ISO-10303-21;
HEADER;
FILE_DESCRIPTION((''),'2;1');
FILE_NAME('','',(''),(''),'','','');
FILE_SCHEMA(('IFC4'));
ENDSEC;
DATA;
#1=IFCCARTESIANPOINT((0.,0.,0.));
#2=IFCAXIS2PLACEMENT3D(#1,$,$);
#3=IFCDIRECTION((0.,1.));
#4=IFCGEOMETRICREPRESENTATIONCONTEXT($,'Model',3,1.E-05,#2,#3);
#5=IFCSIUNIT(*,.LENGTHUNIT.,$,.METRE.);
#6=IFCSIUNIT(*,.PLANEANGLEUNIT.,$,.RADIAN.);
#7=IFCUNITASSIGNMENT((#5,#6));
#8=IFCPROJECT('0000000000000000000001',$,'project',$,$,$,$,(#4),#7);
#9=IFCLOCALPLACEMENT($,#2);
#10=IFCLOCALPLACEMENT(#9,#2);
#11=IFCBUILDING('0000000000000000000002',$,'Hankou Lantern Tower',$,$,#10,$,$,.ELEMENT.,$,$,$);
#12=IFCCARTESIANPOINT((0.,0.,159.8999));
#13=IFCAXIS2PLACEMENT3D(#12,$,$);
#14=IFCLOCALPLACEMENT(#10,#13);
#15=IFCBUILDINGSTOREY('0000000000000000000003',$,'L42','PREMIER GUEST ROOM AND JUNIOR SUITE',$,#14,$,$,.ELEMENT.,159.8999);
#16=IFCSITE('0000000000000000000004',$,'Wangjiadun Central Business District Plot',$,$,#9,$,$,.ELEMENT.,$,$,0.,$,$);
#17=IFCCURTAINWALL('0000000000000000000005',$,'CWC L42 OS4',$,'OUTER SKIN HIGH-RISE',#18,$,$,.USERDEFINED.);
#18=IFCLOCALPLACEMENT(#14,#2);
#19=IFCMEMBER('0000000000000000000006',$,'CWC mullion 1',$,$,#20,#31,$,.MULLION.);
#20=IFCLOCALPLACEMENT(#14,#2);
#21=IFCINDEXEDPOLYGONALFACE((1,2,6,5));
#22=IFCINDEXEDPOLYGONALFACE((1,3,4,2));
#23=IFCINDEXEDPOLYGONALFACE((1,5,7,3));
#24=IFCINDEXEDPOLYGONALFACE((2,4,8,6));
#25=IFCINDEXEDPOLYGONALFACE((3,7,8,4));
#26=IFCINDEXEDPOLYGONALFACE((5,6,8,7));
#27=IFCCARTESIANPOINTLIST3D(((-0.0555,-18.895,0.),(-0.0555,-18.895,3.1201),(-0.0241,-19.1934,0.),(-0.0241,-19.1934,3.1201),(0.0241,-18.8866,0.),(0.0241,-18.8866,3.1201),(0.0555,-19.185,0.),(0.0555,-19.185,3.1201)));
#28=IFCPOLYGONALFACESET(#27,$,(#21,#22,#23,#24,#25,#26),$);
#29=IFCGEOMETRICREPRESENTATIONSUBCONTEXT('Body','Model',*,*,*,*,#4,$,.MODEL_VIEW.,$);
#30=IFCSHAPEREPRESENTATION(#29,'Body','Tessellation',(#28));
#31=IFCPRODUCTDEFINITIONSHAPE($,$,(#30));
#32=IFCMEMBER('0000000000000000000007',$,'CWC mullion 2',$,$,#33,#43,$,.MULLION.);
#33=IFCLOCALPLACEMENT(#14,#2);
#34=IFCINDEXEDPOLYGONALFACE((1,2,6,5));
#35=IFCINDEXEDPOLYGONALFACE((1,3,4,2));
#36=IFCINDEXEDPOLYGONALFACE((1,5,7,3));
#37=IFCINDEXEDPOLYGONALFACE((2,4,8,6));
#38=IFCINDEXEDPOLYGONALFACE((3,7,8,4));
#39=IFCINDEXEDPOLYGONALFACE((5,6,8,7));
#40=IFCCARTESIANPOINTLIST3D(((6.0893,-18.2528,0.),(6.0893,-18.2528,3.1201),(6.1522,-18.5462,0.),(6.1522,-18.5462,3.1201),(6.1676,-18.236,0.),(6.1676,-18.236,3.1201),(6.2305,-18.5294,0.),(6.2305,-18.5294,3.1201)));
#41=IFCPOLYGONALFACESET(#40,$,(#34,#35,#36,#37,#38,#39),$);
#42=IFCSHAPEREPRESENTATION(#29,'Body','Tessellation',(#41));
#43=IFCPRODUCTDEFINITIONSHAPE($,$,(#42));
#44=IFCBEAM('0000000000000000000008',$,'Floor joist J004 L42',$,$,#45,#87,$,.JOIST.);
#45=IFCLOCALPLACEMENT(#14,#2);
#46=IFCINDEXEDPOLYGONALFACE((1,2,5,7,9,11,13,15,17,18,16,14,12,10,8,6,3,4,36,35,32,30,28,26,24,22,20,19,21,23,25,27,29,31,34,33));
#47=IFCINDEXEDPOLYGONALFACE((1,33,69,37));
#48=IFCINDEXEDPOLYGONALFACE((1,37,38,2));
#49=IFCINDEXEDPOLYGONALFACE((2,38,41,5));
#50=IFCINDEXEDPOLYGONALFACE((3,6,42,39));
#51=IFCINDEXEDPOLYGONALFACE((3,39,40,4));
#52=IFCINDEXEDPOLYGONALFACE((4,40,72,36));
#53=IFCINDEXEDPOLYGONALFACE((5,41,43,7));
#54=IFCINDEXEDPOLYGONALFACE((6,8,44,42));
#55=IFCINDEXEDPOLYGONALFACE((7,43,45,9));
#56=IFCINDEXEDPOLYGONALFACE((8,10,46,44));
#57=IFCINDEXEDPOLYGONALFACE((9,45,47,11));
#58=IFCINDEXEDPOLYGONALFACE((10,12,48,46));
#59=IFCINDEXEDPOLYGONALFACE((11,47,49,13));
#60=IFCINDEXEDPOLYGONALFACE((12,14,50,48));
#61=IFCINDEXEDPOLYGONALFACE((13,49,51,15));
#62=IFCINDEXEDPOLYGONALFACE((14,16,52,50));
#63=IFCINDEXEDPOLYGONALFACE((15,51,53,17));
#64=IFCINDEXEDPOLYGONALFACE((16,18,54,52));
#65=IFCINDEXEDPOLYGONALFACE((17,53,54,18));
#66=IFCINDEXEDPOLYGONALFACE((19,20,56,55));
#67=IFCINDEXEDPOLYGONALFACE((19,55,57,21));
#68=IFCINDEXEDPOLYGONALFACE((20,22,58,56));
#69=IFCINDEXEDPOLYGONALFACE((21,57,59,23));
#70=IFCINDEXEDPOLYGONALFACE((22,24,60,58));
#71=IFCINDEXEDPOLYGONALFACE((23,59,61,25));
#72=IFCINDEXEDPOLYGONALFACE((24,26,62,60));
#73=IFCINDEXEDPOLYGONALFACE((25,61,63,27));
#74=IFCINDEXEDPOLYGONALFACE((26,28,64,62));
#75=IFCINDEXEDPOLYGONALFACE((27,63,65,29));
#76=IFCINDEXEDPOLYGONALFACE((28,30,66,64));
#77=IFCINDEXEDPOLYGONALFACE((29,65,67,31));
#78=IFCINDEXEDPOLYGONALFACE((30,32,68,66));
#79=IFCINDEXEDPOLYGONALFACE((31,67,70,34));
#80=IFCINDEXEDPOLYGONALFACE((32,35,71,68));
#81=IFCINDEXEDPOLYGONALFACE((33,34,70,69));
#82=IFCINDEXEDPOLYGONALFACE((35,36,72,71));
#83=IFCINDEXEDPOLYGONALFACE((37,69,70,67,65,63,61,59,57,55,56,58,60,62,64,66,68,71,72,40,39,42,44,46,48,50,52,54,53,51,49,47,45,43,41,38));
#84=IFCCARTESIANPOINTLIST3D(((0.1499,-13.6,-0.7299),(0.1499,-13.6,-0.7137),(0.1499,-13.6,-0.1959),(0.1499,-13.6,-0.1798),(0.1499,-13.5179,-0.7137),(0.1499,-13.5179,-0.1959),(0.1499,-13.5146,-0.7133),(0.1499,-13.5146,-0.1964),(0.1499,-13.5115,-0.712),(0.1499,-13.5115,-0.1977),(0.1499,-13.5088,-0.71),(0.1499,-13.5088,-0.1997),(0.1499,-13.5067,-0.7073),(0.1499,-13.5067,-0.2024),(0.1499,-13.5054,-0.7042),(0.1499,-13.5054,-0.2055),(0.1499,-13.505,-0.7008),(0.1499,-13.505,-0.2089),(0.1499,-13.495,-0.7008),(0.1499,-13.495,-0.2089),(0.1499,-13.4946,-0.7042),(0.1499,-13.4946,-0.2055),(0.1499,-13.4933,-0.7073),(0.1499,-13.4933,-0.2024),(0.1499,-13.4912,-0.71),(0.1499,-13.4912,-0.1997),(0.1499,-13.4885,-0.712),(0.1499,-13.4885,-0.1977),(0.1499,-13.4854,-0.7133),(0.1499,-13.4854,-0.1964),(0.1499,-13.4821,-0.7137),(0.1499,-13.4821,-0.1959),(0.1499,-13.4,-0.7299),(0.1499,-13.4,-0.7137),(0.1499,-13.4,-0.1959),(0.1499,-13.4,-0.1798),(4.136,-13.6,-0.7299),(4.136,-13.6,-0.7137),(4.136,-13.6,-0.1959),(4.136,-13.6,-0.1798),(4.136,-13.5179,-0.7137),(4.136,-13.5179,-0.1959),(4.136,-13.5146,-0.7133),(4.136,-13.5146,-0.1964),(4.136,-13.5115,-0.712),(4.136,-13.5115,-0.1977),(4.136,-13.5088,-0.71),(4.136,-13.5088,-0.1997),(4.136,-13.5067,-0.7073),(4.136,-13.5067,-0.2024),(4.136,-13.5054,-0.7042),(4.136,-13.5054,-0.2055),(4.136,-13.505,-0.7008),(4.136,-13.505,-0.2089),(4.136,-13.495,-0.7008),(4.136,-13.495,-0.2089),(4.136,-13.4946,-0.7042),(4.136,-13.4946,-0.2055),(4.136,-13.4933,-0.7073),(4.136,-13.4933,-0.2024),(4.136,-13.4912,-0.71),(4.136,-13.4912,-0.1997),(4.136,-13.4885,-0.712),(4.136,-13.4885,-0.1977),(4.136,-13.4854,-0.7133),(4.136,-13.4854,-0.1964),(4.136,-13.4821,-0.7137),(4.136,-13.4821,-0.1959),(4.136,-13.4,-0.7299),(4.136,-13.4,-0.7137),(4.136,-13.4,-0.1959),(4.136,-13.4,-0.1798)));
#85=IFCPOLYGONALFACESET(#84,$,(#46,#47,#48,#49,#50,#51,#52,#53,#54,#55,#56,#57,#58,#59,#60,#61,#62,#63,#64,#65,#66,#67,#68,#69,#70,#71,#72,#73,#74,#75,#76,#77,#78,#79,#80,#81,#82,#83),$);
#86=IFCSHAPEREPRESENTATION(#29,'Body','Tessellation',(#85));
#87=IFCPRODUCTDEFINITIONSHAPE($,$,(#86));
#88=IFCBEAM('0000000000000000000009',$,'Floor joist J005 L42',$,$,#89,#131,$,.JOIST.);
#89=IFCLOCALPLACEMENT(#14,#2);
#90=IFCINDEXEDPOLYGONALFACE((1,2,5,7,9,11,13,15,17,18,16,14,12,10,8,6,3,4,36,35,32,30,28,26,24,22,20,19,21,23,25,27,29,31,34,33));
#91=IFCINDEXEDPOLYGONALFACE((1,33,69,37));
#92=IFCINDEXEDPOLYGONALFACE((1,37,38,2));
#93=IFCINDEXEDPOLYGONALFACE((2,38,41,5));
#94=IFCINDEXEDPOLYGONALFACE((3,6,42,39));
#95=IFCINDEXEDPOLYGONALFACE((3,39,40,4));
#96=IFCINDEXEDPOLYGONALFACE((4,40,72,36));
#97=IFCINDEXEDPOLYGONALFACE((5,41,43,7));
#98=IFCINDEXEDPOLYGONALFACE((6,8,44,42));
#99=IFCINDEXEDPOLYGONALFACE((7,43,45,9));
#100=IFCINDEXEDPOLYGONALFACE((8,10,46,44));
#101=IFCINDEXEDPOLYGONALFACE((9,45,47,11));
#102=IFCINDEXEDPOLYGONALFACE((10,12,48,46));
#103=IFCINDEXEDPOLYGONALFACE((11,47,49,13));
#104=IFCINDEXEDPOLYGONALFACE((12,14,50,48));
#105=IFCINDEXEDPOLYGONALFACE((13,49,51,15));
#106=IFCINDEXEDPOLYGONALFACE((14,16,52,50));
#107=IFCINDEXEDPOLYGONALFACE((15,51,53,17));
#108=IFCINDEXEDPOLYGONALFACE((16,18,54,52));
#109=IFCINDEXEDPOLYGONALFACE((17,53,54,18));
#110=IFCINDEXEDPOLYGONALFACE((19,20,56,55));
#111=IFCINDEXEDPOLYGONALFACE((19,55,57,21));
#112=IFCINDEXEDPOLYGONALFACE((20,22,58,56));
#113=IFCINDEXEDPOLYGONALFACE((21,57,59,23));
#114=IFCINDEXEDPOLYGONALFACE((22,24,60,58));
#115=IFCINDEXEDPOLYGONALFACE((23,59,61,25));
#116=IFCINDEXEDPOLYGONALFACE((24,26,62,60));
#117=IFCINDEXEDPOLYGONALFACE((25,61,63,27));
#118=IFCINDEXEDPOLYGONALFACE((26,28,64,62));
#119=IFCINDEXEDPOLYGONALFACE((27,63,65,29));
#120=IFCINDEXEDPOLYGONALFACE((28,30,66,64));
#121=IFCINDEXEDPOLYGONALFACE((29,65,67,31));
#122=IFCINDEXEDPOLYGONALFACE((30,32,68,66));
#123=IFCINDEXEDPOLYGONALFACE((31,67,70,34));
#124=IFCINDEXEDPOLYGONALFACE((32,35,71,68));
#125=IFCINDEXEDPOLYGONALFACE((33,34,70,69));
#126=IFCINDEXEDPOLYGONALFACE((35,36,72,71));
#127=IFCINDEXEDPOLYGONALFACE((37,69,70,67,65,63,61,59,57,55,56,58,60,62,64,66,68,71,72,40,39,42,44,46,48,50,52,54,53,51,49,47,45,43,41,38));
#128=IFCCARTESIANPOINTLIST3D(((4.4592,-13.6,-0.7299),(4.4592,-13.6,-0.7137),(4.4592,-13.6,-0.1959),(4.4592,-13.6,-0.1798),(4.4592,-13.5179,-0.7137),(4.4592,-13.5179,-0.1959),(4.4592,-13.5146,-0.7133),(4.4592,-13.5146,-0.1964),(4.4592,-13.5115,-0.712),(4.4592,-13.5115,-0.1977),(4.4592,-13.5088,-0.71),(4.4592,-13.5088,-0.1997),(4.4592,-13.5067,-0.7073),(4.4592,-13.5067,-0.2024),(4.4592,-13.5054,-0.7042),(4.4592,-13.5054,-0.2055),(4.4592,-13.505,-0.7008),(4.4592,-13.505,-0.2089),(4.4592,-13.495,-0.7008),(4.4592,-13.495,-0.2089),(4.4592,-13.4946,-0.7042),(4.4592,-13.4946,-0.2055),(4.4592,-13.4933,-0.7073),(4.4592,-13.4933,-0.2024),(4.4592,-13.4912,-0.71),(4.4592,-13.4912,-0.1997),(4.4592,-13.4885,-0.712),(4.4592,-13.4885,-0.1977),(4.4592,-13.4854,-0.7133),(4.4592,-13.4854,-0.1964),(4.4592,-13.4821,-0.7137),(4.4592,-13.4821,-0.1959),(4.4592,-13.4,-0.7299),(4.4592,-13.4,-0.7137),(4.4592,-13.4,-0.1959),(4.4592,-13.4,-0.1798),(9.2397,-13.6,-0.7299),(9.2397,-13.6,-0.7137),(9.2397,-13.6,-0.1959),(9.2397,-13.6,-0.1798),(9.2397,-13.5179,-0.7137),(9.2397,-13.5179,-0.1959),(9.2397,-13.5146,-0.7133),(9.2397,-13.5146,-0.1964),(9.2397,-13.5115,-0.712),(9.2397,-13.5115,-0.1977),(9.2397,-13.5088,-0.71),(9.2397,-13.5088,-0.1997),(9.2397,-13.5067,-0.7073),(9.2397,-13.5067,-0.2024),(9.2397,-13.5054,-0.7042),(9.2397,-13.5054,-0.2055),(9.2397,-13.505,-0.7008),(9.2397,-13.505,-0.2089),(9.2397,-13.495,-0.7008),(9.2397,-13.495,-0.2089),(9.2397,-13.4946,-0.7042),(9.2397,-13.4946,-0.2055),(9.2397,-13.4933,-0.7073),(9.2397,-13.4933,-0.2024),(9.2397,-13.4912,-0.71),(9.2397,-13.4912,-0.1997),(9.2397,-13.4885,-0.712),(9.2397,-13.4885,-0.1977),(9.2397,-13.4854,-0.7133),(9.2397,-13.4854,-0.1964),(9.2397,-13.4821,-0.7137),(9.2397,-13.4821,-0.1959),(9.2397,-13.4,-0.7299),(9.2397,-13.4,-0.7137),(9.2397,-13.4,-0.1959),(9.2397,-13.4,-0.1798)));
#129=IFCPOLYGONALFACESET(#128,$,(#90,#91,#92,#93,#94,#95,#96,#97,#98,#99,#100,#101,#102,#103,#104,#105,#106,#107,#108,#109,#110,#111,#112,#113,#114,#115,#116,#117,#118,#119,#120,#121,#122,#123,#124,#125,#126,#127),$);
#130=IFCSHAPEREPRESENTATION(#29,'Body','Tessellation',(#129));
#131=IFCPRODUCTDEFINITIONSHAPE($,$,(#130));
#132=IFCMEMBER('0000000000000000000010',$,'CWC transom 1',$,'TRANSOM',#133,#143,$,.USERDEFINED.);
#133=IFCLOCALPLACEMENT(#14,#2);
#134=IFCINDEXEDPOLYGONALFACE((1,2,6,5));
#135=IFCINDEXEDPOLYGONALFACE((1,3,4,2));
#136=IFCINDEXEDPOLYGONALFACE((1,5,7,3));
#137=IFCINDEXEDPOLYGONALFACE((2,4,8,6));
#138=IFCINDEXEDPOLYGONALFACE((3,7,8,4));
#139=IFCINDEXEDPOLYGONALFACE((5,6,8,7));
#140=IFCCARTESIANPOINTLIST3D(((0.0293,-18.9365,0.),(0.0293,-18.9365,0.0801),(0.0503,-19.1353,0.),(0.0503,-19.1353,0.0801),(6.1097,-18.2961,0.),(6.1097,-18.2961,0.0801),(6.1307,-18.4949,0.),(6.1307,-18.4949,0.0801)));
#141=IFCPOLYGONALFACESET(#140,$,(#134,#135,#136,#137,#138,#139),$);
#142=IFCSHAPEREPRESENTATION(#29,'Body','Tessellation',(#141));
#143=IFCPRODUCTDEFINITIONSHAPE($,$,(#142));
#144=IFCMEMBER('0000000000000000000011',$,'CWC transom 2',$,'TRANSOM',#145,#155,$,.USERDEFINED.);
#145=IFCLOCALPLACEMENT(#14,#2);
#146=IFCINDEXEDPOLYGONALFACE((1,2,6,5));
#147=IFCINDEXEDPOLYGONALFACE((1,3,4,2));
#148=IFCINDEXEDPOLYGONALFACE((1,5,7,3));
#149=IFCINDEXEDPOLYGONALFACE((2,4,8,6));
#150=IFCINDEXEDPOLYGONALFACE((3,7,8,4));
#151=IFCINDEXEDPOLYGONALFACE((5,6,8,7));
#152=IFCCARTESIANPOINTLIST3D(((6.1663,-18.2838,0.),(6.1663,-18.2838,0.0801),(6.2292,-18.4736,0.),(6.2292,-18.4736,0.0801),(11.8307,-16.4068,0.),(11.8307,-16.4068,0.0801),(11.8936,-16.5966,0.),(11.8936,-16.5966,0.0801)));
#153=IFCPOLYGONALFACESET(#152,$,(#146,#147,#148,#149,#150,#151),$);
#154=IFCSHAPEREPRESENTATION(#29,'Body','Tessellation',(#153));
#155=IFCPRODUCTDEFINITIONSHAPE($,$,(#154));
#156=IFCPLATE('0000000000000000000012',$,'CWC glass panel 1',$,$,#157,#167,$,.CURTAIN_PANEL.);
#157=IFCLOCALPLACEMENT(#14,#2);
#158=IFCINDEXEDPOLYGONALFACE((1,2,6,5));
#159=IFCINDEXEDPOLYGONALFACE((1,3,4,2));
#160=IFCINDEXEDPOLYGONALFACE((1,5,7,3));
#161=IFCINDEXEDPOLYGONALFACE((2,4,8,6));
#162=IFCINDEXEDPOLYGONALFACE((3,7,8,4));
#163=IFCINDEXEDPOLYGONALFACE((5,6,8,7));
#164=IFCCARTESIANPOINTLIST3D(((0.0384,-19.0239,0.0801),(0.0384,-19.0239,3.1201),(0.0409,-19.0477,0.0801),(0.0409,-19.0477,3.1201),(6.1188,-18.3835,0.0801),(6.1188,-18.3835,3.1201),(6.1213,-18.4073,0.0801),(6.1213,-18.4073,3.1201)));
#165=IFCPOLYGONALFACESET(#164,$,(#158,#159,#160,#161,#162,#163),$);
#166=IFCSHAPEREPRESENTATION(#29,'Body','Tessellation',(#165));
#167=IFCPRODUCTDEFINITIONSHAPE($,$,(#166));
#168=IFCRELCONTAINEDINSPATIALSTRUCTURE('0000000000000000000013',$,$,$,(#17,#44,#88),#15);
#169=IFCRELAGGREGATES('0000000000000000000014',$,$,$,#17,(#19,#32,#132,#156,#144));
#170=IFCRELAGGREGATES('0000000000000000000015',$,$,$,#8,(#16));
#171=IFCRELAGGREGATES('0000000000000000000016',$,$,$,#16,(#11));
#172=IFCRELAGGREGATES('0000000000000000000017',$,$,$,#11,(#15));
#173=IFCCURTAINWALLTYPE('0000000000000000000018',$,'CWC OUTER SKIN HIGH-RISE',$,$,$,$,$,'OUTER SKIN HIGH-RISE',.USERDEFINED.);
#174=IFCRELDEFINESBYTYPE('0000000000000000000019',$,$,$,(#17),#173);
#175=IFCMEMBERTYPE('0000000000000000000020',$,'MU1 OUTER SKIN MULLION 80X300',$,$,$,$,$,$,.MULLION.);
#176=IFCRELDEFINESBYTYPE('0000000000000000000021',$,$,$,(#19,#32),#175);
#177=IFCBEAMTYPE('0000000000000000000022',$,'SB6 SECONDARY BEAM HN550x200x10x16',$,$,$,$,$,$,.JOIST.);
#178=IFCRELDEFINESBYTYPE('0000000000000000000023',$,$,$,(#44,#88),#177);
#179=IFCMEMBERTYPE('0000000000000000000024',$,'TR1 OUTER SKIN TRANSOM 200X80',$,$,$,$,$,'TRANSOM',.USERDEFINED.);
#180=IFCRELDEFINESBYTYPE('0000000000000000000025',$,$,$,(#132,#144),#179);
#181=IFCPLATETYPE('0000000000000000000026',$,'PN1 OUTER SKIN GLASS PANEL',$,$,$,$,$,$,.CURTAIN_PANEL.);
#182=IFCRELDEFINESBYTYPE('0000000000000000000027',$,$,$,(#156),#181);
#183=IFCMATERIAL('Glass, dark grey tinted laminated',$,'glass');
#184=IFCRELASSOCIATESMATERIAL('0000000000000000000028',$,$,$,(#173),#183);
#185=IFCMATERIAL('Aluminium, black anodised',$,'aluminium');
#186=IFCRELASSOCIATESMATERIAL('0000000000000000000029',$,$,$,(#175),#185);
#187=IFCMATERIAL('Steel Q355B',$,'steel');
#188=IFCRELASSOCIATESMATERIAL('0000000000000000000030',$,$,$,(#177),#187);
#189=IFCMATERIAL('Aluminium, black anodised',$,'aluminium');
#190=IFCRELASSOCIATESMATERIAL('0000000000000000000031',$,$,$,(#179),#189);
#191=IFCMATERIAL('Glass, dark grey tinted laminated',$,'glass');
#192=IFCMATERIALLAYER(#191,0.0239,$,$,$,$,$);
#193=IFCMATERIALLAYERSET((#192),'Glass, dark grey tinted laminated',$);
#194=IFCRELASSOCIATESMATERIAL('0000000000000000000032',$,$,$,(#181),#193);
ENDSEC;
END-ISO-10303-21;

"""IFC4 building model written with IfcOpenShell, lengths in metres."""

from ifc_helpers import new_model, si_unit, direction, frame, origin, origin_2d, place, context, subcontext, project, spatial, rectangle, i_section, extrude, material, layer, layer_set, material_profile, profile_set, type_object, element, aggregate, save


model = new_model("IFC4")

# Units and contexts
model_context = context("Model", 3, precision=1e-05, world=origin(), true_north=direction((0.0, 1.0)))
body_context = subcontext(model_context, "Body", "Model", "MODEL_VIEW")
ifc_project = project(units=[si_unit("LENGTHUNIT", "METRE"), si_unit("PLANEANGLEUNIT", "RADIAN")], contexts=[model_context])

# Site, building, storey
site_placement = place(None, origin())
site = spatial("IfcSite", under=ifc_project, at=site_placement, Name="Wangjiadun Central Business District Plot", CompositionType="ELEMENT", RefElevation=0.0)
building_placement = place(site_placement, origin())
building = spatial("IfcBuilding", under=site, at=building_placement, Name="Hankou Lantern Tower", CompositionType="ELEMENT")
storey_placement = place(building_placement, frame((0.0, 0.0, 159.8999)))
storey = spatial("IfcBuildingStorey", under=building, at=storey_placement, Name="L42", Description="PREMIER GUEST ROOM AND JUNIOR SUITE", CompositionType="ELEMENT", Elevation=159.8999)

# Curtain wall, members
ifc_material_1 = material(Name="Glass, dark grey tinted laminated", Category="glass")
curtain_wall_type = type_object("IfcCurtainWallType", Name="CWC OUTER SKIN HIGH-RISE", ElementType="OUTER SKIN HIGH-RISE", PredefinedType="USERDEFINED", material=ifc_material_1)
curtain_wall_placement = place(storey_placement, origin())
curtain_wall = element("IfcCurtainWall", 1, at=curtain_wall_placement, inside=storey, type_object=curtain_wall_type, Name="CWC L42 OS4", ObjectType="OUTER SKIN HIGH-RISE", PredefinedType="USERDEFINED")
ifc_material_2 = material(Name="Aluminium, black anodised", Category="aluminium")
ifc_material_profile_1 = material_profile(ifc_material_2, rectangle(XDim=0.0801, YDim=0.3, at=origin_2d()), Name="MU1 80X300")
ifc_profile_set_1 = profile_set([ifc_material_profile_1], Name="Aluminium, black anodised")
member_type_1 = type_object("IfcMemberType", Name="MU1 OUTER SKIN MULLION 80X300", PredefinedType="MULLION", material=ifc_profile_set_1)
member_1_placement = place(storey_placement, frame((0.0, -19.04, 0.0), z_axis=(0.0, 0.0, 1.0), x_axis=(0.994499, 0.104743, 0.0)))
member_1 = element("IfcMember", 2, at=member_1_placement, type_object=member_type_1, Name="CWC mullion 1", PredefinedType="MULLION", context=body_context, shape_type="SweptSolid", body=[
    extrude(rectangle(XDim=0.0801, YDim=0.3, at=origin_2d()), origin(), (0.0, 0.0, 1.0), 3.1201),
])
member_2_placement = place(storey_placement, frame((6.1599, -18.3911, 0.0), z_axis=(0.0, 0.0, 1.0), x_axis=(0.977788, 0.209598, 0.0)))
member_2 = element("IfcMember", 3, at=member_2_placement, type_object=member_type_1, Name="CWC mullion 2", PredefinedType="MULLION", context=body_context, shape_type="SweptSolid", body=[
    extrude(rectangle(XDim=0.0801, YDim=0.3, at=origin_2d()), origin(), (0.0, 0.0, 1.0), 3.1201),
])

# Beams
ifc_material_3 = material(Name="Steel Q355B", Category="steel")
ifc_material_profile_2 = material_profile(ifc_material_3, i_section(OverallWidth=0.2, OverallDepth=0.55, WebThickness=0.01, FlangeThickness=0.0161, FilletRadius=0.0129, at=origin_2d()), Name="HN550x200x10x16")
ifc_profile_set_2 = profile_set([ifc_material_profile_2], Name="Steel Q355B")
beam_type_1 = type_object("IfcBeamType", Name="SB6 SECONDARY BEAM HN550x200x10x16", PredefinedType="JOIST", material=ifc_profile_set_2)
beam_1_placement = place(storey_placement, frame((0.1499, -13.5, -0.4548), z_axis=(1.0, 0.0, 0.0), x_axis=(0.0, 1.0, 0.0)))
element("IfcBeam", 4, at=beam_1_placement, inside=storey, type_object=beam_type_1, Name="Floor joist J004 L42", PredefinedType="JOIST", context=body_context, shape_type="SweptSolid", body=[
    extrude(i_section(OverallWidth=0.2, OverallDepth=0.55, WebThickness=0.01, FlangeThickness=0.0161, FilletRadius=0.0129, at=origin_2d()), origin(), (0.0, 0.0, 1.0), 3.9861),
])
beam_2_placement = place(storey_placement, frame((4.4592, -13.5, -0.4548), z_axis=(1.0, 0.0, 0.0), x_axis=(0.0, 1.0, 0.0)))
element("IfcBeam", 5, at=beam_2_placement, inside=storey, type_object=beam_type_1, Name="Floor joist J005 L42", PredefinedType="JOIST", context=body_context, shape_type="SweptSolid", body=[
    extrude(i_section(OverallWidth=0.2, OverallDepth=0.55, WebThickness=0.01, FlangeThickness=0.0161, FilletRadius=0.0129, at=origin_2d()), origin(), (0.0, 0.0, 1.0), 4.7805),
])

# Members
ifc_material_4 = material(Name="Aluminium, black anodised", Category="aluminium")
ifc_material_profile_3 = material_profile(ifc_material_4, rectangle(XDim=0.2, YDim=0.0801, at=origin_2d()), Name="TR1 200X80")
ifc_profile_set_3 = profile_set([ifc_material_profile_3], Name="Aluminium, black anodised")
member_type_2 = type_object("IfcMemberType", Name="TR1 OUTER SKIN TRANSOM 200X80", ElementType="TRANSOM", PredefinedType="USERDEFINED", material=ifc_profile_set_3)
member_3_placement = place(storey_placement, frame((0.0398, -19.0359, 0.04), z_axis=(0.9945, 0.104741, 0.0), x_axis=(-0.104741, 0.9945, 0.0)))
member_3 = element("IfcMember", 6, at=member_3_placement, type_object=member_type_2, Name="CWC transom 1", ObjectType="TRANSOM", PredefinedType="USERDEFINED", context=body_context, shape_type="SweptSolid", body=[
    extrude(rectangle(XDim=0.2, YDim=0.0801, at=origin_2d()), origin(), (0.0, 0.0, 1.0), 6.114),
])
member_4_placement = place(storey_placement, frame((6.1978, -18.3787, 0.04), z_axis=(0.949242, 0.314546, 0.0), x_axis=(-0.314546, 0.949242, 0.0)))
member_4 = element("IfcMember", 7, at=member_4_placement, type_object=member_type_2, Name="CWC transom 2", ObjectType="TRANSOM", PredefinedType="USERDEFINED", context=body_context, shape_type="SweptSolid", body=[
    extrude(rectangle(XDim=0.2, YDim=0.0801, at=origin_2d()), origin(), (0.0, 0.0, 1.0), 5.9673),
])

# Plate
ifc_material_5 = material(Name="Glass, dark grey tinted laminated", Category="glass")
ifc_layer_1 = layer(ifc_material_5, 0.0239)
ifc_layer_set_1 = layer_set([ifc_layer_1], Name="Glass, dark grey tinted laminated")
plate_type = type_object("IfcPlateType", Name="PN1 OUTER SKIN GLASS PANEL", PredefinedType="CURTAIN_PANEL", material=ifc_layer_set_1)
plate_placement = place(storey_placement, frame((3.0798, -18.7156, 0.0801), z_axis=(0.0, 0.0, 1.0), x_axis=(0.994499, 0.104743, 0.0)))
plate = element("IfcPlate", 8, at=plate_placement, type_object=plate_type, Name="CWC glass panel 1", PredefinedType="CURTAIN_PANEL", context=body_context, shape_type="SweptSolid", body=[
    extrude(rectangle(XDim=6.114, YDim=0.0239, at=origin_2d()), origin(), (0.0, 0.0, 1.0), 3.04),
])
aggregate(curtain_wall, [member_1, member_2, member_3, plate, member_4])

save(model, "model.ifc")
